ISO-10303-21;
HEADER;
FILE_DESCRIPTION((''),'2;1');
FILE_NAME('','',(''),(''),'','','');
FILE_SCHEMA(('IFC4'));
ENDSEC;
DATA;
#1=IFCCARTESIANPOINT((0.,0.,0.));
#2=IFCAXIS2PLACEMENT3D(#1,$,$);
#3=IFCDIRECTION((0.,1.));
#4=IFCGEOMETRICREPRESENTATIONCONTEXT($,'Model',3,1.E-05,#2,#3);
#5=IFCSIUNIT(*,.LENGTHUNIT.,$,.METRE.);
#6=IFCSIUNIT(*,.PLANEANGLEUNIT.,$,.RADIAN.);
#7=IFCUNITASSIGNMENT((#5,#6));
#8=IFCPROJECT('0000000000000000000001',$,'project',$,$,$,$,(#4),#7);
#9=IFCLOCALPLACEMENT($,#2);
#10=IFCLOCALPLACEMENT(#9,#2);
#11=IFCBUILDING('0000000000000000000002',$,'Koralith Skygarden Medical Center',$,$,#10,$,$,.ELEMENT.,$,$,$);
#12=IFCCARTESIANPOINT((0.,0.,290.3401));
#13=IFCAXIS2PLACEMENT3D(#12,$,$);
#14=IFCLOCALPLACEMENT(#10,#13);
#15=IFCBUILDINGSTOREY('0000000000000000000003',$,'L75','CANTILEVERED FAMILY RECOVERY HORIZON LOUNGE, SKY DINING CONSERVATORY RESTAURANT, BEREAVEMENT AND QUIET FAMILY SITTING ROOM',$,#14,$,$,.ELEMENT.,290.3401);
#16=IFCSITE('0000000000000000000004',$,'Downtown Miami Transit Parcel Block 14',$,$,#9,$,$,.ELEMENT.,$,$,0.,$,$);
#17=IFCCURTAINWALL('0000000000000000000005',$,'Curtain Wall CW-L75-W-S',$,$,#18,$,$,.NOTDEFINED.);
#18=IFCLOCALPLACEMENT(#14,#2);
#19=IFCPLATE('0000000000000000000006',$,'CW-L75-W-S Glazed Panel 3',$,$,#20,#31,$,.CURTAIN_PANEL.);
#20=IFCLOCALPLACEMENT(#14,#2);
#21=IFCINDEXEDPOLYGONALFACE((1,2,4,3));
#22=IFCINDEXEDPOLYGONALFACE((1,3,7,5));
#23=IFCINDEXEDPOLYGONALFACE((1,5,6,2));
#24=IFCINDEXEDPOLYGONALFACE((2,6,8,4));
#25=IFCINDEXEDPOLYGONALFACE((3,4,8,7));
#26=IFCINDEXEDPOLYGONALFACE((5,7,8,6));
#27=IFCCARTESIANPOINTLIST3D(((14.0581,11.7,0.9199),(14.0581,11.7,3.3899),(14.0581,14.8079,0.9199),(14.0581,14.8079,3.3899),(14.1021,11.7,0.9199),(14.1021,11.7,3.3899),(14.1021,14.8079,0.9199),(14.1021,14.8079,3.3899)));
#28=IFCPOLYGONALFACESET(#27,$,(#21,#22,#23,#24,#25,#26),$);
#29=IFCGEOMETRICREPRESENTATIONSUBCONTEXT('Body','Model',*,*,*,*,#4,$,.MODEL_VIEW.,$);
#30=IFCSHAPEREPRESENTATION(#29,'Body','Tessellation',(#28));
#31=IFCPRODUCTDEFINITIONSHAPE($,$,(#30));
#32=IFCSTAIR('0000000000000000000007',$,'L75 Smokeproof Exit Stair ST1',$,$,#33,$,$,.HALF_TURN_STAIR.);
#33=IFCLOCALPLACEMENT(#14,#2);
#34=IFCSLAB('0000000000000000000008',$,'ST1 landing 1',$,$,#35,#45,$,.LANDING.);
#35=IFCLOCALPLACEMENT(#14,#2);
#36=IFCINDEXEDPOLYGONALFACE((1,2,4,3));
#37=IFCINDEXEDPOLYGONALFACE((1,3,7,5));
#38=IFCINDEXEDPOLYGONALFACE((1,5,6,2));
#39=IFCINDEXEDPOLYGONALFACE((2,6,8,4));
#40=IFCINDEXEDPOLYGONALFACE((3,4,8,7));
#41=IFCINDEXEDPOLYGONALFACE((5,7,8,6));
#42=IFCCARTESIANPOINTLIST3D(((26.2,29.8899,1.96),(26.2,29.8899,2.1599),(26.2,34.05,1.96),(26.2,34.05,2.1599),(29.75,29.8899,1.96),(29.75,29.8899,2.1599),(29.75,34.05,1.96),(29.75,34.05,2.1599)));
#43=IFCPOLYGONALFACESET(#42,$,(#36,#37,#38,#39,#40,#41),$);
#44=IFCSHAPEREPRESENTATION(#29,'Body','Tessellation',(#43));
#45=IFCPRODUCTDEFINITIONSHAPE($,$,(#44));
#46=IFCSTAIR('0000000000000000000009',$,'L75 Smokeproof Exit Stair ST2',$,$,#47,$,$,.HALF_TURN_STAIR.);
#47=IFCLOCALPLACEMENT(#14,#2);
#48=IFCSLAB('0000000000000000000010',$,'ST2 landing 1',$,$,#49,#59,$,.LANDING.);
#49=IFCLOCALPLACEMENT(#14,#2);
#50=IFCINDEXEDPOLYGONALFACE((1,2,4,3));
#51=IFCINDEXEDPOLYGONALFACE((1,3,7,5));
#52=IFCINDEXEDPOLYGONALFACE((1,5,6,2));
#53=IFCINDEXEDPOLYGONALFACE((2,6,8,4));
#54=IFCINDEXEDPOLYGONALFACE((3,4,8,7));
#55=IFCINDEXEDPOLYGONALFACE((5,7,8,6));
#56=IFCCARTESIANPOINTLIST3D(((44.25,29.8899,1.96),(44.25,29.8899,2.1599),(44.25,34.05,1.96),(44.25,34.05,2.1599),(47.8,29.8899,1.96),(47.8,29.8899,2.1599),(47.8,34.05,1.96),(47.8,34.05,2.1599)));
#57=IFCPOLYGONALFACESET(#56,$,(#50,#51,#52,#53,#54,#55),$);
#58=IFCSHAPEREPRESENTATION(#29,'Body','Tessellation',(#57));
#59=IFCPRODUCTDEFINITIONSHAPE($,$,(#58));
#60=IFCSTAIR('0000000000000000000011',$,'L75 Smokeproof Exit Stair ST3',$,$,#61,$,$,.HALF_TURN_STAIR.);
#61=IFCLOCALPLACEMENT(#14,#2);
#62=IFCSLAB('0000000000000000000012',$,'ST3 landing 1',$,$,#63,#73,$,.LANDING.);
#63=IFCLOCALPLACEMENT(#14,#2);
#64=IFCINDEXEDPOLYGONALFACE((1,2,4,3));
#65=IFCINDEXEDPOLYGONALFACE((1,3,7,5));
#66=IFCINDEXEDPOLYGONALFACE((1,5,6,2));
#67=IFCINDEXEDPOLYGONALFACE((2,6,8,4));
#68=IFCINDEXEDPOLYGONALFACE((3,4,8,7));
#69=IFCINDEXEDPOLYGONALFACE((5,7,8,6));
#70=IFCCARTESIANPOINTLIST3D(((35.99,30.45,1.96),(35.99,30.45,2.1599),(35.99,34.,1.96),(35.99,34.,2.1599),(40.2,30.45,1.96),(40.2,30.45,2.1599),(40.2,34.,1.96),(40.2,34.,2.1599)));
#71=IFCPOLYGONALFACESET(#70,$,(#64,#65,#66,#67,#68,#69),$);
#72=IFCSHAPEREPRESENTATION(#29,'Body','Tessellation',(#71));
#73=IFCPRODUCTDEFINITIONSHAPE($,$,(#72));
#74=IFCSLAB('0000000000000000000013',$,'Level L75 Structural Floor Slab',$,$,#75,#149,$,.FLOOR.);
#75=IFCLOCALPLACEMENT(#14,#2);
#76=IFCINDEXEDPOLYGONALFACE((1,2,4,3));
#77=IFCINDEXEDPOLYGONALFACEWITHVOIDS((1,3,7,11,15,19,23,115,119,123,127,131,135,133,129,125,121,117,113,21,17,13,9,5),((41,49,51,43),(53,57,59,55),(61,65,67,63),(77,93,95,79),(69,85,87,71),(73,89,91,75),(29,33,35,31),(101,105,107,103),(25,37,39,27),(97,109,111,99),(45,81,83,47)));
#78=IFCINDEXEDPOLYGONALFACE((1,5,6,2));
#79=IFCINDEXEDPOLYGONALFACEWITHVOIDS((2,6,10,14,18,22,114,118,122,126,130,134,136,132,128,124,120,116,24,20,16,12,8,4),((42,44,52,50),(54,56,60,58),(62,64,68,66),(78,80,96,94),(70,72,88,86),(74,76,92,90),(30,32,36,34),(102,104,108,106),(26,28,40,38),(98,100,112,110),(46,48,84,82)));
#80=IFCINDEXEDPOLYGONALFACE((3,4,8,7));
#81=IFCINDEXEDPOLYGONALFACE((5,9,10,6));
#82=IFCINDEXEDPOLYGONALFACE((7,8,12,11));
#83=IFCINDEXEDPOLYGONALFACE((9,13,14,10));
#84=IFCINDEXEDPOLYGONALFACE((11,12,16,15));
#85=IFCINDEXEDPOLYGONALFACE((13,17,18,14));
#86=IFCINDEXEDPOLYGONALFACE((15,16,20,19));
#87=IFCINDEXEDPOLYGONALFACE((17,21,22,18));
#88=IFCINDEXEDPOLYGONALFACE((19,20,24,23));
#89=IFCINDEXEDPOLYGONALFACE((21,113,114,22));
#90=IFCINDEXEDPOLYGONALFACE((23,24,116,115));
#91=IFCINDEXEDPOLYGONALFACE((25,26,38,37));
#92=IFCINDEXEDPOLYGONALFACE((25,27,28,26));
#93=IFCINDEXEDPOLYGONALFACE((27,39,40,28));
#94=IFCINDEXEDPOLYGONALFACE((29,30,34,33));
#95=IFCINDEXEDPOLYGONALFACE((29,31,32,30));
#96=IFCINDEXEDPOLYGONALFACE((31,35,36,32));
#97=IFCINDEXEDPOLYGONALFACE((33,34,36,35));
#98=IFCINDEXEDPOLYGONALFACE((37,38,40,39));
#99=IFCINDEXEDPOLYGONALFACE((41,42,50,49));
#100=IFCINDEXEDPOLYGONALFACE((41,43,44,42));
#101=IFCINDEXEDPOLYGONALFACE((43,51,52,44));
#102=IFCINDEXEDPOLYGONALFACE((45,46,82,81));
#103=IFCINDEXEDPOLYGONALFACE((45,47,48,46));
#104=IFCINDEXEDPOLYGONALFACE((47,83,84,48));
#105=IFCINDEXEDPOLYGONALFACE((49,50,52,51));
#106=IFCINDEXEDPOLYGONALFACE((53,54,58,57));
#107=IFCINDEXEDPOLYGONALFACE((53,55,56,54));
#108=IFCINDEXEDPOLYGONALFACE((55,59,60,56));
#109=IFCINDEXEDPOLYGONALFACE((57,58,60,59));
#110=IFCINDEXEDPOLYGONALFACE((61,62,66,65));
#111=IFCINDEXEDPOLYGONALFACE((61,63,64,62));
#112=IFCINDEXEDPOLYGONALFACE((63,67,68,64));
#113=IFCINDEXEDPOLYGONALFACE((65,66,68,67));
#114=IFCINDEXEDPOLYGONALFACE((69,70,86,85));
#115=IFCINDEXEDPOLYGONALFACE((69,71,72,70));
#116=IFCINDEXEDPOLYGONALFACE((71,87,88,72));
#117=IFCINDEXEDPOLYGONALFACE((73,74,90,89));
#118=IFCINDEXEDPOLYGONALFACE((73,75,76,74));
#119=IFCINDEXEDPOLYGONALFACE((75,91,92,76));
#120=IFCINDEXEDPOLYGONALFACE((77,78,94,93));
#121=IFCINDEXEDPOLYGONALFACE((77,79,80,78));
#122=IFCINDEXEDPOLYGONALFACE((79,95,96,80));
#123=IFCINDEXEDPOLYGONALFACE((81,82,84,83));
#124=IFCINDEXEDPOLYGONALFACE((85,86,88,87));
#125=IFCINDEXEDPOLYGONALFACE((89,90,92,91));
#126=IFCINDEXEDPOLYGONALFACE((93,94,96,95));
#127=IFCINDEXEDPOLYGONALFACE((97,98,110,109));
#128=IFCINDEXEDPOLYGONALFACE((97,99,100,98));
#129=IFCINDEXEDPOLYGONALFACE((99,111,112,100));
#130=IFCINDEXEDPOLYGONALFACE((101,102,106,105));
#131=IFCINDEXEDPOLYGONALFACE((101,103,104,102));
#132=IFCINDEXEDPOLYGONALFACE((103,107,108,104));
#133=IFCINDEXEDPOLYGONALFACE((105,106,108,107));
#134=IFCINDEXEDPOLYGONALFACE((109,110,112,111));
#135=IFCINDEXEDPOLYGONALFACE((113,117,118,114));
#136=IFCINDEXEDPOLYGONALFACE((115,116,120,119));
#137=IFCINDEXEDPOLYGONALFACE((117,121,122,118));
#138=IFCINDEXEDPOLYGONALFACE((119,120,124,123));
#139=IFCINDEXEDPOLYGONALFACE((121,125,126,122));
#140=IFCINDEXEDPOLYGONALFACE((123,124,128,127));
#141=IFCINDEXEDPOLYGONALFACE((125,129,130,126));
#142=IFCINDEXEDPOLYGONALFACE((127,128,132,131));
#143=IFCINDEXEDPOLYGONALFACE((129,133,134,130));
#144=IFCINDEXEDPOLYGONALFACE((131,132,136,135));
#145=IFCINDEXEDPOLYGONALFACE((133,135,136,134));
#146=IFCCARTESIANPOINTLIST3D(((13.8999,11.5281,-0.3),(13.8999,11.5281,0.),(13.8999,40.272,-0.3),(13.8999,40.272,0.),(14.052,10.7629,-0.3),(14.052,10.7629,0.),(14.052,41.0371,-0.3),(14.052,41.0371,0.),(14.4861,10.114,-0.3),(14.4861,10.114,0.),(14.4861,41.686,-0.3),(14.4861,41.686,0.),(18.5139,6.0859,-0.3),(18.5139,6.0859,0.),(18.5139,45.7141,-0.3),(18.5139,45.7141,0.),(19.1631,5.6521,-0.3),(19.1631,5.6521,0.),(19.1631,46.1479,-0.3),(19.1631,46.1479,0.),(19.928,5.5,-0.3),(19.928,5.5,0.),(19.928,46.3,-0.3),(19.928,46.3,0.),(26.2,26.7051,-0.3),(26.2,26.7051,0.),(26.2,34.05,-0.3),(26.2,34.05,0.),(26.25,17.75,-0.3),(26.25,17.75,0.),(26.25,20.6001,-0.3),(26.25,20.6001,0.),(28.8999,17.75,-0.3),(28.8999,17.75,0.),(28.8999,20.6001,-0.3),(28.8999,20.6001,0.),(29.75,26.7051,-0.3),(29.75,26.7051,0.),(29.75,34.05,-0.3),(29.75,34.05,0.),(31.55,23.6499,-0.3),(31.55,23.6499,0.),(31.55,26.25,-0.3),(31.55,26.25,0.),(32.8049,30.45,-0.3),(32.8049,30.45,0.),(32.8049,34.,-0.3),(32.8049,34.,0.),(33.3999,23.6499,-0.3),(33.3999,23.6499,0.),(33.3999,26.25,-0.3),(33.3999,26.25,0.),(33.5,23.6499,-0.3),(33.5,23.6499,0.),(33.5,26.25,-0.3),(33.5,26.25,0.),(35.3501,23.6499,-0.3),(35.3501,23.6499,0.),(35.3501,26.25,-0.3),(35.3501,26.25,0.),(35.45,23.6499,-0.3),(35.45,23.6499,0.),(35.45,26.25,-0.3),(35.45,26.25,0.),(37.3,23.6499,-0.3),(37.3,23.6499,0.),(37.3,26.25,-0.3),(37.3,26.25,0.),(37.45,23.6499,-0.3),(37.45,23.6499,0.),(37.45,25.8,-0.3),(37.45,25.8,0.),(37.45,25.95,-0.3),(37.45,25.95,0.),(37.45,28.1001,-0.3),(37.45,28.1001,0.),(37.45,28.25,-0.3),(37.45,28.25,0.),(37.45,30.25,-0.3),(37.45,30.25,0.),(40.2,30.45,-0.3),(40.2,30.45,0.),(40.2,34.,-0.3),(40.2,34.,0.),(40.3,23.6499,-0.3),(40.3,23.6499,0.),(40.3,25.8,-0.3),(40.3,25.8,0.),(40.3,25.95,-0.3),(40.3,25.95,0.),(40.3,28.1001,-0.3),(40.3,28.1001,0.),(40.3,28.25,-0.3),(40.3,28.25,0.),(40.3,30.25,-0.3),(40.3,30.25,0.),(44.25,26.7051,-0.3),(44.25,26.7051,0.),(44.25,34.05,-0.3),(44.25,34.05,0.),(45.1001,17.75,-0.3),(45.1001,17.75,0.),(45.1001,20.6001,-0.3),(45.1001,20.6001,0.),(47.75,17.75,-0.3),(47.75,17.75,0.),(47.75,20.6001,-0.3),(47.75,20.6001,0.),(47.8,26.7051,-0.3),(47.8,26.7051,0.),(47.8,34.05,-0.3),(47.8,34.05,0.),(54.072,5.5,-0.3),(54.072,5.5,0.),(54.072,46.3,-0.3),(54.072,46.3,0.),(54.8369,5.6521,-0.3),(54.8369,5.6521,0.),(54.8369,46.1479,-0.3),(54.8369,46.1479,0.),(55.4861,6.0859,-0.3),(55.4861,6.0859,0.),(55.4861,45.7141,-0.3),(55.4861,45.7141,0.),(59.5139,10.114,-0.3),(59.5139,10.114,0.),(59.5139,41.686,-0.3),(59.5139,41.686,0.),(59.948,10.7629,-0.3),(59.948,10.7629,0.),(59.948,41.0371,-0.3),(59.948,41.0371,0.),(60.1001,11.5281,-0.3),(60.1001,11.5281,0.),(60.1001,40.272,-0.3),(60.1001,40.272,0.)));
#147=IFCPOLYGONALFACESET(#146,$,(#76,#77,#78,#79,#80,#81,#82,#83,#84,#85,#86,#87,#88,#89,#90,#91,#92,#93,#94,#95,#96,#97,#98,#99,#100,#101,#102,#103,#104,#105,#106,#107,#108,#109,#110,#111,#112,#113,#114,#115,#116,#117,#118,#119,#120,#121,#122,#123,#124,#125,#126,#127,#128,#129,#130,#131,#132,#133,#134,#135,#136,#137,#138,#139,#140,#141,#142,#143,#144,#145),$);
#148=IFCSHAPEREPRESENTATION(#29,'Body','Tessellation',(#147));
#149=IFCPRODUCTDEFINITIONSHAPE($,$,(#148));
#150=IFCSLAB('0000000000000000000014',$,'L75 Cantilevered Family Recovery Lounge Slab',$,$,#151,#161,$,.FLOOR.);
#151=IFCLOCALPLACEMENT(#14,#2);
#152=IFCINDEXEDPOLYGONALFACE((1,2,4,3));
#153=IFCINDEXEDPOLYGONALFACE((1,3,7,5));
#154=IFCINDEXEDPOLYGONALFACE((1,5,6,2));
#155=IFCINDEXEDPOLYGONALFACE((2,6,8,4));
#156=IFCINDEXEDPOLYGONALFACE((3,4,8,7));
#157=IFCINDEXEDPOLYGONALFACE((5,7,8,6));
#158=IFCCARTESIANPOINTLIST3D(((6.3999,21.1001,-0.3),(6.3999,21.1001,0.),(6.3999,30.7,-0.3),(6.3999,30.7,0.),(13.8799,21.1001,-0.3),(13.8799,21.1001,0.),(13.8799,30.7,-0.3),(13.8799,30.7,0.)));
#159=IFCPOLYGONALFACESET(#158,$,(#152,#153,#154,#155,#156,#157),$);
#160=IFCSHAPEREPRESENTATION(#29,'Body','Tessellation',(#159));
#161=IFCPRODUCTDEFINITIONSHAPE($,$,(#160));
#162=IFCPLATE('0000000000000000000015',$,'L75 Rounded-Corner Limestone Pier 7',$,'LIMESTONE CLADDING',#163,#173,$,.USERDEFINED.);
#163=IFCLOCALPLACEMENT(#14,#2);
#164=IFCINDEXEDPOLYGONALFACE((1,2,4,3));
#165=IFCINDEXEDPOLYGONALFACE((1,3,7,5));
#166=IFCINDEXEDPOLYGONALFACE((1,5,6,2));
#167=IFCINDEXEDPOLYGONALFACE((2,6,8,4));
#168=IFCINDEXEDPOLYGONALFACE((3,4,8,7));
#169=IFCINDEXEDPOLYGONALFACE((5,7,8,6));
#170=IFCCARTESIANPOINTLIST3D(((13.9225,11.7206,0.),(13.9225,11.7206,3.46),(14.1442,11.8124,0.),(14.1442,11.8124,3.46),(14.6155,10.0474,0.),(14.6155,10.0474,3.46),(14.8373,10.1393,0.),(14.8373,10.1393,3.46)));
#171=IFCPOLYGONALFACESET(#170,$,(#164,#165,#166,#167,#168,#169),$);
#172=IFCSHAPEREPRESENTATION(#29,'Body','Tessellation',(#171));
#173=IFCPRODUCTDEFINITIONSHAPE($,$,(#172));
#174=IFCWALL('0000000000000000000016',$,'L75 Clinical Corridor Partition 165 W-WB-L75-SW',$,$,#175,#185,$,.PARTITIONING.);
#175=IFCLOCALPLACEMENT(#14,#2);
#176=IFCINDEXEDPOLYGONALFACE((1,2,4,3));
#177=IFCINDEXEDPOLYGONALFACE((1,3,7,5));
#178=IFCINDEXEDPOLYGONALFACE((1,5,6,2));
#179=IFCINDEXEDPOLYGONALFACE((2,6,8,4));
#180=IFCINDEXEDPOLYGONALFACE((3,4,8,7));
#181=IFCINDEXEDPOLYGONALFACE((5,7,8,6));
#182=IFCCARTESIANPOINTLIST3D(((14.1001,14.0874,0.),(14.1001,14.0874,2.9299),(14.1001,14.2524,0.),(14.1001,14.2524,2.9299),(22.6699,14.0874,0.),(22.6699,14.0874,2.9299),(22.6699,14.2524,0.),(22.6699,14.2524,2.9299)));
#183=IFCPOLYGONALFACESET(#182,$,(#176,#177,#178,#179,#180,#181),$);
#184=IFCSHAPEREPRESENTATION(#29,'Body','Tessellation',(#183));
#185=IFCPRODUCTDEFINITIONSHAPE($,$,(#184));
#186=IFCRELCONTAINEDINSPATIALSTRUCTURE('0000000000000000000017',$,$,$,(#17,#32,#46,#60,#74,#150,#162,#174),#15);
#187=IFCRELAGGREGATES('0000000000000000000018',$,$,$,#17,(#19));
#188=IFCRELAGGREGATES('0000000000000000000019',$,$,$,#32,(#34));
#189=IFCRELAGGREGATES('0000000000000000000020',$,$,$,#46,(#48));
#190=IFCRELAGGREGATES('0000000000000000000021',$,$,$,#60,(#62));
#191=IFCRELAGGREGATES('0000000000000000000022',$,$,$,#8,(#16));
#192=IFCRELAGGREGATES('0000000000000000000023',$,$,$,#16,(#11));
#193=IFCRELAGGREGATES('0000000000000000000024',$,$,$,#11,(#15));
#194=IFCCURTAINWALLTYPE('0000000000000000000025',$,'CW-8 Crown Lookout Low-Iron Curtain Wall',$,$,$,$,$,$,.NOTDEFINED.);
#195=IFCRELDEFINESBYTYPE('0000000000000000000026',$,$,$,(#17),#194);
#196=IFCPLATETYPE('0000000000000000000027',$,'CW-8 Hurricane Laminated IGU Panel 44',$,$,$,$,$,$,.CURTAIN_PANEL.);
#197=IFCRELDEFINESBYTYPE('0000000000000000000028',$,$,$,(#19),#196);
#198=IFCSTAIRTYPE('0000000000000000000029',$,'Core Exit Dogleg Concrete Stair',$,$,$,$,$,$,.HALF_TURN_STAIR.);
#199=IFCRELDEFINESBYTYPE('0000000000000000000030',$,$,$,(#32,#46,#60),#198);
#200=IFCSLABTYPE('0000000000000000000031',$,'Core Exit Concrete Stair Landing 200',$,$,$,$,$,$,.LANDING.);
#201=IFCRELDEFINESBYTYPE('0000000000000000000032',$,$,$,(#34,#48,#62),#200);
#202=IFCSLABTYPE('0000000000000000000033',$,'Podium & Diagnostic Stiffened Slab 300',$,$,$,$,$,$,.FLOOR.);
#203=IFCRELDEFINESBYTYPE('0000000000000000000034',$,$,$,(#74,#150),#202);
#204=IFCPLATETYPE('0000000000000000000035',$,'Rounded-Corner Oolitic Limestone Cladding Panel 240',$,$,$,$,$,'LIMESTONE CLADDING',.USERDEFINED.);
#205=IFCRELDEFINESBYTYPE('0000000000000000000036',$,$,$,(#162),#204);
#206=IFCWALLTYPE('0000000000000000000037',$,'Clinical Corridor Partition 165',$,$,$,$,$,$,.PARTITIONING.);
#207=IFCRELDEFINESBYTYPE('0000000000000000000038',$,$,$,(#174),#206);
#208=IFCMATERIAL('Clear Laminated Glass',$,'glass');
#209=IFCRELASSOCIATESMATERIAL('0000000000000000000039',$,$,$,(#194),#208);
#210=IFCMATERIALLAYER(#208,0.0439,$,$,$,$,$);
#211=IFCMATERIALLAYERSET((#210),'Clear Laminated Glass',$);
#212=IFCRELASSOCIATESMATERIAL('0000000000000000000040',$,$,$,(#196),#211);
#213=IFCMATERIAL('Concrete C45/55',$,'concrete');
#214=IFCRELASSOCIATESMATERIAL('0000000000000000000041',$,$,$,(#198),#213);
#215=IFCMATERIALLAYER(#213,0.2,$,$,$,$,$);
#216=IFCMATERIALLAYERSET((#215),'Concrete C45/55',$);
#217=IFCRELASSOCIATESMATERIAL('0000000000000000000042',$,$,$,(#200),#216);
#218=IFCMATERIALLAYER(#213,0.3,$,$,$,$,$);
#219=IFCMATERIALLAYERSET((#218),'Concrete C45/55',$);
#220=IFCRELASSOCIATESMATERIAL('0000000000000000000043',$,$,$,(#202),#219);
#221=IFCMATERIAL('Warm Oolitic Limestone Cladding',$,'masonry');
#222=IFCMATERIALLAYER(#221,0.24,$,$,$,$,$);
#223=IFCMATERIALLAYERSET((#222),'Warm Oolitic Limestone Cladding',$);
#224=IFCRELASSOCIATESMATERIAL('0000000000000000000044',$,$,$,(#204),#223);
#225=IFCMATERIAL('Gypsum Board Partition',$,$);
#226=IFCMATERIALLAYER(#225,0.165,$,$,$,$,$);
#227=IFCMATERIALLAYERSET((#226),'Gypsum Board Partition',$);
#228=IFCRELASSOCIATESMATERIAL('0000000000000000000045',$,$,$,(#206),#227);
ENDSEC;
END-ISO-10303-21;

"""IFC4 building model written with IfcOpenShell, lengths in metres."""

from ifc_helpers import new_model, si_unit, direction, frame, frame_2d, origin, origin_2d, place, context, subcontext, project, spatial, polyline, rectangle, outline, extrude, material, layer, layer_set, type_object, element, aggregate, save


model = new_model("IFC4")

# Units and contexts
model_context = context("Model", 3, precision=1e-05, world=origin(), true_north=direction((0.0, 1.0)))
body_context = subcontext(model_context, "Body", "Model", "MODEL_VIEW")
ifc_project = project(units=[si_unit("LENGTHUNIT", "METRE"), si_unit("PLANEANGLEUNIT", "RADIAN")], contexts=[model_context])

# Site, building, storey
site_placement = place(None, origin())
site = spatial("IfcSite", under=ifc_project, at=site_placement, Name="Downtown Miami Transit Parcel Block 14", CompositionType="ELEMENT", RefElevation=0.0)
building_placement = place(site_placement, origin())
building = spatial("IfcBuilding", under=site, at=building_placement, Name="Koralith Skygarden Medical Center", CompositionType="ELEMENT")
storey_placement = place(building_placement, frame((0.0, 0.0, 290.3401)))
storey = spatial("IfcBuildingStorey", under=building, at=storey_placement, Name="L75", Description="CANTILEVERED FAMILY RECOVERY HORIZON LOUNGE, SKY DINING CONSERVATORY RESTAURANT, BEREAVEMENT AND QUIET FAMILY SITTING ROOM", CompositionType="ELEMENT", Elevation=290.3401)

# Curtain wall
ifc_material_1 = material(Name="Clear Laminated Glass", Category="glass")
curtain_wall_type = type_object("IfcCurtainWallType", Name="CW-8 Crown Lookout Low-Iron Curtain Wall", PredefinedType="NOTDEFINED", material=ifc_material_1)
curtain_wall_1_placement = place(storey_placement, origin())
curtain_wall_1 = element("IfcCurtainWall", 1, at=curtain_wall_1_placement, inside=storey, type_object=curtain_wall_type, Name="Curtain Wall CW-L75-W-S", PredefinedType="NOTDEFINED")

# Plate
ifc_layer_1 = layer(ifc_material_1, 0.0439)
ifc_layer_set_1 = layer_set([ifc_layer_1], Name="Clear Laminated Glass")
plate_type_1 = type_object("IfcPlateType", Name="CW-8 Hurricane Laminated IGU Panel 44", PredefinedType="CURTAIN_PANEL", material=ifc_layer_set_1)
plate_1_placement = place(storey_placement, frame((14.0801, 13.2539, 0.9199), z_axis=(0.0, 0.0, 1.0), x_axis=(0.0, -1.0, 0.0)))
plate_1 = element("IfcPlate", 2, at=plate_1_placement, type_object=plate_type_1, Name="CW-L75-W-S Glazed Panel 3", PredefinedType="CURTAIN_PANEL", context=body_context, shape_type="SweptSolid", body=[
    extrude(rectangle(XDim=3.1079, YDim=0.0439, at=origin_2d()), origin(), (0.0, 0.0, 1.0), 2.47),
])
aggregate(curtain_wall_1, [plate_1])

# Stairs, slabs
ifc_material_2 = material(Name="Concrete C45/55", Category="concrete")
stair_type = type_object("IfcStairType", Name="Core Exit Dogleg Concrete Stair", PredefinedType="HALF_TURN_STAIR", material=ifc_material_2)
stair_1_placement = place(storey_placement, origin())
stair_1 = element("IfcStair", 3, at=stair_1_placement, inside=storey, type_object=stair_type, Name="L75 Smokeproof Exit Stair ST1", PredefinedType="HALF_TURN_STAIR")
ifc_layer_2 = layer(ifc_material_2, 0.2)
ifc_layer_set_2 = layer_set([ifc_layer_2], Name="Concrete C45/55")
slab_type_1 = type_object("IfcSlabType", Name="Core Exit Concrete Stair Landing 200", PredefinedType="LANDING", material=ifc_layer_set_2)
slab_1_placement = place(storey_placement, frame((0.0, 0.0, 1.96)))
slab_1 = element("IfcSlab", 4, at=slab_1_placement, type_object=slab_type_1, Name="ST1 landing 1", PredefinedType="LANDING", context=body_context, shape_type="SweptSolid", body=[
    extrude(outline(polyline([(29.75, 29.8899), (29.75, 34.05), (26.2, 34.05), (26.2, 29.8899), (29.75, 29.8899)])), origin(), (0.0, 0.0, 1.0), 0.2),
])
aggregate(stair_1, [slab_1])
stair_2_placement = place(storey_placement, origin())
stair_2 = element("IfcStair", 5, at=stair_2_placement, inside=storey, type_object=stair_type, Name="L75 Smokeproof Exit Stair ST2", PredefinedType="HALF_TURN_STAIR")
slab_2_placement = place(storey_placement, frame((0.0, 0.0, 1.96)))
slab_2 = element("IfcSlab", 6, at=slab_2_placement, type_object=slab_type_1, Name="ST2 landing 1", PredefinedType="LANDING", context=body_context, shape_type="SweptSolid", body=[
    extrude(outline(polyline([(47.8, 29.8899), (47.8, 34.05), (44.25, 34.05), (44.25, 29.8899), (47.8, 29.8899)])), origin(), (0.0, 0.0, 1.0), 0.2),
])
aggregate(stair_2, [slab_2])
stair_3_placement = place(storey_placement, origin())
stair_3 = element("IfcStair", 7, at=stair_3_placement, inside=storey, type_object=stair_type, Name="L75 Smokeproof Exit Stair ST3", PredefinedType="HALF_TURN_STAIR")
slab_3_placement = place(storey_placement, frame((0.0, 0.0, 1.96)))
slab_3 = element("IfcSlab", 8, at=slab_3_placement, type_object=slab_type_1, Name="ST3 landing 1", PredefinedType="LANDING", context=body_context, shape_type="SweptSolid", body=[
    extrude(outline(polyline([(35.99, 30.45), (40.2, 30.45), (40.2, 34.0), (35.99, 34.0), (35.99, 30.45)])), origin(), (0.0, 0.0, 1.0), 0.2),
])
aggregate(stair_3, [slab_3])

# Slabs
ifc_layer_3 = layer(ifc_material_2, 0.3)
ifc_layer_set_3 = layer_set([ifc_layer_3], Name="Concrete C45/55")
slab_type_2 = type_object("IfcSlabType", Name="Podium & Diagnostic Stiffened Slab 300", PredefinedType="FLOOR", material=ifc_layer_set_3)
slab_4_placement = place(storey_placement, frame((0.0, 0.0, -0.3)))
element("IfcSlab", 9, at=slab_4_placement, inside=storey, type_object=slab_type_2, Name="Level L75 Structural Floor Slab", PredefinedType="FLOOR", context=body_context, shape_type="SweptSolid", body=[
    extrude(outline(polyline([(18.5139, 6.0859), (19.1631, 5.6521), (19.928, 5.5), (54.072, 5.5), (54.8369, 5.6521), (55.4861, 6.0859), (59.5139, 10.114), (59.948, 10.7629), (60.1001, 11.5281), (60.1001, 40.272), (59.948, 41.0371), (59.5139, 41.686), (55.4861, 45.7141), (54.8369, 46.1479), (54.072, 46.3), (19.928, 46.3), (19.1631, 46.1479), (18.5139, 45.7141), (14.4861, 41.686), (14.052, 41.0371), (13.8999, 40.272), (13.8999, 11.5281), (14.052, 10.7629), (14.4861, 10.114), (18.5139, 6.0859)]), holes=[polyline([(26.2, 26.7051), (29.75, 26.7051), (29.75, 34.05), (26.2, 34.05), (26.2, 26.7051)]), polyline([(44.25, 26.7051), (47.8, 26.7051), (47.8, 34.05), (44.25, 34.05), (44.25, 26.7051)]), polyline([(32.8049, 30.45), (40.2, 30.45), (40.2, 34.0), (32.8049, 34.0), (32.8049, 30.45)]), polyline([(26.25, 17.75), (28.8999, 17.75), (28.8999, 20.6001), (26.25, 20.6001), (26.25, 17.75)]), polyline([(45.1001, 17.75), (47.75, 17.75), (47.75, 20.6001), (45.1001, 20.6001), (45.1001, 17.75)]), polyline([(31.55, 23.6499), (33.3999, 23.6499), (33.3999, 26.25), (31.55, 26.25), (31.55, 23.6499)]), polyline([(33.5, 23.6499), (35.3501, 23.6499), (35.3501, 26.25), (33.5, 26.25), (33.5, 23.6499)]), polyline([(35.45, 23.6499), (37.3, 23.6499), (37.3, 26.25), (35.45, 26.25), (35.45, 23.6499)]), polyline([(37.45, 23.6499), (40.3, 23.6499), (40.3, 25.8), (37.45, 25.8), (37.45, 23.6499)]), polyline([(37.45, 25.95), (40.3, 25.95), (40.3, 28.1001), (37.45, 28.1001), (37.45, 25.95)]), polyline([(37.45, 28.25), (40.3, 28.25), (40.3, 30.25), (37.45, 30.25), (37.45, 28.25)])]), origin(), (0.0, 0.0, 1.0), 0.3),
])
slab_5_placement = place(storey_placement, frame((0.0, 0.0, -0.3)))
element("IfcSlab", 10, at=slab_5_placement, inside=storey, type_object=slab_type_2, Name="L75 Cantilevered Family Recovery Lounge Slab", PredefinedType="FLOOR", context=body_context, shape_type="SweptSolid", body=[
    extrude(outline(polyline([(6.3999, 21.1001), (13.8799, 21.1001), (13.8799, 30.7), (6.3999, 30.7), (6.3999, 21.1001)])), origin(), (0.0, 0.0, 1.0), 0.3),
])

# Plate
ifc_material_3 = material(Name="Warm Oolitic Limestone Cladding", Category="masonry")
ifc_layer_4 = layer(ifc_material_3, 0.24)
ifc_layer_set_4 = layer_set([ifc_layer_4], Name="Warm Oolitic Limestone Cladding")
plate_type_2 = type_object("IfcPlateType", Name="Rounded-Corner Oolitic Limestone Cladding Panel 240", ElementType="LIMESTONE CLADDING", PredefinedType="USERDEFINED", material=ifc_layer_set_4)
plate_2_placement = place(storey_placement, frame((14.3799, 10.9299, 0.0), z_axis=(0.0, 0.0, 1.0), x_axis=(0.382671, -0.923885, 0.0)))
element("IfcPlate", 11, at=plate_2_placement, inside=storey, type_object=plate_type_2, Name="L75 Rounded-Corner Limestone Pier 7", ObjectType="LIMESTONE CLADDING", PredefinedType="USERDEFINED", context=body_context, shape_type="SweptSolid", body=[
    extrude(rectangle(XDim=1.811, YDim=0.24, at=origin_2d()), origin(), (0.0, 0.0, 1.0), 3.46),
])

# Wall
ifc_material_4 = material(Name="Gypsum Board Partition")
ifc_layer_5 = layer(ifc_material_4, 0.165)
ifc_layer_set_5 = layer_set([ifc_layer_5], Name="Gypsum Board Partition")
wall_type_1 = type_object("IfcWallType", Name="Clinical Corridor Partition 165", PredefinedType="PARTITIONING", material=ifc_layer_set_5)
wall_1_placement = place(storey_placement, frame((14.1001, 14.1699, 0.0), z_axis=(0.0, 0.0, 1.0), x_axis=(1.0, 0.0, 0.0)))
element("IfcWall", 12, at=wall_1_placement, inside=storey, type_object=wall_type_1, Name="L75 Clinical Corridor Partition 165 W-WB-L75-SW", PredefinedType="PARTITIONING", context=body_context, shape_type="SweptSolid", body=[
    extrude(rectangle(XDim=8.5698, YDim=0.165, at=frame_2d((4.2849, 0.0))), origin(), (0.0, 0.0, 1.0), 2.9299),
])

save(model, "model.ifc")
